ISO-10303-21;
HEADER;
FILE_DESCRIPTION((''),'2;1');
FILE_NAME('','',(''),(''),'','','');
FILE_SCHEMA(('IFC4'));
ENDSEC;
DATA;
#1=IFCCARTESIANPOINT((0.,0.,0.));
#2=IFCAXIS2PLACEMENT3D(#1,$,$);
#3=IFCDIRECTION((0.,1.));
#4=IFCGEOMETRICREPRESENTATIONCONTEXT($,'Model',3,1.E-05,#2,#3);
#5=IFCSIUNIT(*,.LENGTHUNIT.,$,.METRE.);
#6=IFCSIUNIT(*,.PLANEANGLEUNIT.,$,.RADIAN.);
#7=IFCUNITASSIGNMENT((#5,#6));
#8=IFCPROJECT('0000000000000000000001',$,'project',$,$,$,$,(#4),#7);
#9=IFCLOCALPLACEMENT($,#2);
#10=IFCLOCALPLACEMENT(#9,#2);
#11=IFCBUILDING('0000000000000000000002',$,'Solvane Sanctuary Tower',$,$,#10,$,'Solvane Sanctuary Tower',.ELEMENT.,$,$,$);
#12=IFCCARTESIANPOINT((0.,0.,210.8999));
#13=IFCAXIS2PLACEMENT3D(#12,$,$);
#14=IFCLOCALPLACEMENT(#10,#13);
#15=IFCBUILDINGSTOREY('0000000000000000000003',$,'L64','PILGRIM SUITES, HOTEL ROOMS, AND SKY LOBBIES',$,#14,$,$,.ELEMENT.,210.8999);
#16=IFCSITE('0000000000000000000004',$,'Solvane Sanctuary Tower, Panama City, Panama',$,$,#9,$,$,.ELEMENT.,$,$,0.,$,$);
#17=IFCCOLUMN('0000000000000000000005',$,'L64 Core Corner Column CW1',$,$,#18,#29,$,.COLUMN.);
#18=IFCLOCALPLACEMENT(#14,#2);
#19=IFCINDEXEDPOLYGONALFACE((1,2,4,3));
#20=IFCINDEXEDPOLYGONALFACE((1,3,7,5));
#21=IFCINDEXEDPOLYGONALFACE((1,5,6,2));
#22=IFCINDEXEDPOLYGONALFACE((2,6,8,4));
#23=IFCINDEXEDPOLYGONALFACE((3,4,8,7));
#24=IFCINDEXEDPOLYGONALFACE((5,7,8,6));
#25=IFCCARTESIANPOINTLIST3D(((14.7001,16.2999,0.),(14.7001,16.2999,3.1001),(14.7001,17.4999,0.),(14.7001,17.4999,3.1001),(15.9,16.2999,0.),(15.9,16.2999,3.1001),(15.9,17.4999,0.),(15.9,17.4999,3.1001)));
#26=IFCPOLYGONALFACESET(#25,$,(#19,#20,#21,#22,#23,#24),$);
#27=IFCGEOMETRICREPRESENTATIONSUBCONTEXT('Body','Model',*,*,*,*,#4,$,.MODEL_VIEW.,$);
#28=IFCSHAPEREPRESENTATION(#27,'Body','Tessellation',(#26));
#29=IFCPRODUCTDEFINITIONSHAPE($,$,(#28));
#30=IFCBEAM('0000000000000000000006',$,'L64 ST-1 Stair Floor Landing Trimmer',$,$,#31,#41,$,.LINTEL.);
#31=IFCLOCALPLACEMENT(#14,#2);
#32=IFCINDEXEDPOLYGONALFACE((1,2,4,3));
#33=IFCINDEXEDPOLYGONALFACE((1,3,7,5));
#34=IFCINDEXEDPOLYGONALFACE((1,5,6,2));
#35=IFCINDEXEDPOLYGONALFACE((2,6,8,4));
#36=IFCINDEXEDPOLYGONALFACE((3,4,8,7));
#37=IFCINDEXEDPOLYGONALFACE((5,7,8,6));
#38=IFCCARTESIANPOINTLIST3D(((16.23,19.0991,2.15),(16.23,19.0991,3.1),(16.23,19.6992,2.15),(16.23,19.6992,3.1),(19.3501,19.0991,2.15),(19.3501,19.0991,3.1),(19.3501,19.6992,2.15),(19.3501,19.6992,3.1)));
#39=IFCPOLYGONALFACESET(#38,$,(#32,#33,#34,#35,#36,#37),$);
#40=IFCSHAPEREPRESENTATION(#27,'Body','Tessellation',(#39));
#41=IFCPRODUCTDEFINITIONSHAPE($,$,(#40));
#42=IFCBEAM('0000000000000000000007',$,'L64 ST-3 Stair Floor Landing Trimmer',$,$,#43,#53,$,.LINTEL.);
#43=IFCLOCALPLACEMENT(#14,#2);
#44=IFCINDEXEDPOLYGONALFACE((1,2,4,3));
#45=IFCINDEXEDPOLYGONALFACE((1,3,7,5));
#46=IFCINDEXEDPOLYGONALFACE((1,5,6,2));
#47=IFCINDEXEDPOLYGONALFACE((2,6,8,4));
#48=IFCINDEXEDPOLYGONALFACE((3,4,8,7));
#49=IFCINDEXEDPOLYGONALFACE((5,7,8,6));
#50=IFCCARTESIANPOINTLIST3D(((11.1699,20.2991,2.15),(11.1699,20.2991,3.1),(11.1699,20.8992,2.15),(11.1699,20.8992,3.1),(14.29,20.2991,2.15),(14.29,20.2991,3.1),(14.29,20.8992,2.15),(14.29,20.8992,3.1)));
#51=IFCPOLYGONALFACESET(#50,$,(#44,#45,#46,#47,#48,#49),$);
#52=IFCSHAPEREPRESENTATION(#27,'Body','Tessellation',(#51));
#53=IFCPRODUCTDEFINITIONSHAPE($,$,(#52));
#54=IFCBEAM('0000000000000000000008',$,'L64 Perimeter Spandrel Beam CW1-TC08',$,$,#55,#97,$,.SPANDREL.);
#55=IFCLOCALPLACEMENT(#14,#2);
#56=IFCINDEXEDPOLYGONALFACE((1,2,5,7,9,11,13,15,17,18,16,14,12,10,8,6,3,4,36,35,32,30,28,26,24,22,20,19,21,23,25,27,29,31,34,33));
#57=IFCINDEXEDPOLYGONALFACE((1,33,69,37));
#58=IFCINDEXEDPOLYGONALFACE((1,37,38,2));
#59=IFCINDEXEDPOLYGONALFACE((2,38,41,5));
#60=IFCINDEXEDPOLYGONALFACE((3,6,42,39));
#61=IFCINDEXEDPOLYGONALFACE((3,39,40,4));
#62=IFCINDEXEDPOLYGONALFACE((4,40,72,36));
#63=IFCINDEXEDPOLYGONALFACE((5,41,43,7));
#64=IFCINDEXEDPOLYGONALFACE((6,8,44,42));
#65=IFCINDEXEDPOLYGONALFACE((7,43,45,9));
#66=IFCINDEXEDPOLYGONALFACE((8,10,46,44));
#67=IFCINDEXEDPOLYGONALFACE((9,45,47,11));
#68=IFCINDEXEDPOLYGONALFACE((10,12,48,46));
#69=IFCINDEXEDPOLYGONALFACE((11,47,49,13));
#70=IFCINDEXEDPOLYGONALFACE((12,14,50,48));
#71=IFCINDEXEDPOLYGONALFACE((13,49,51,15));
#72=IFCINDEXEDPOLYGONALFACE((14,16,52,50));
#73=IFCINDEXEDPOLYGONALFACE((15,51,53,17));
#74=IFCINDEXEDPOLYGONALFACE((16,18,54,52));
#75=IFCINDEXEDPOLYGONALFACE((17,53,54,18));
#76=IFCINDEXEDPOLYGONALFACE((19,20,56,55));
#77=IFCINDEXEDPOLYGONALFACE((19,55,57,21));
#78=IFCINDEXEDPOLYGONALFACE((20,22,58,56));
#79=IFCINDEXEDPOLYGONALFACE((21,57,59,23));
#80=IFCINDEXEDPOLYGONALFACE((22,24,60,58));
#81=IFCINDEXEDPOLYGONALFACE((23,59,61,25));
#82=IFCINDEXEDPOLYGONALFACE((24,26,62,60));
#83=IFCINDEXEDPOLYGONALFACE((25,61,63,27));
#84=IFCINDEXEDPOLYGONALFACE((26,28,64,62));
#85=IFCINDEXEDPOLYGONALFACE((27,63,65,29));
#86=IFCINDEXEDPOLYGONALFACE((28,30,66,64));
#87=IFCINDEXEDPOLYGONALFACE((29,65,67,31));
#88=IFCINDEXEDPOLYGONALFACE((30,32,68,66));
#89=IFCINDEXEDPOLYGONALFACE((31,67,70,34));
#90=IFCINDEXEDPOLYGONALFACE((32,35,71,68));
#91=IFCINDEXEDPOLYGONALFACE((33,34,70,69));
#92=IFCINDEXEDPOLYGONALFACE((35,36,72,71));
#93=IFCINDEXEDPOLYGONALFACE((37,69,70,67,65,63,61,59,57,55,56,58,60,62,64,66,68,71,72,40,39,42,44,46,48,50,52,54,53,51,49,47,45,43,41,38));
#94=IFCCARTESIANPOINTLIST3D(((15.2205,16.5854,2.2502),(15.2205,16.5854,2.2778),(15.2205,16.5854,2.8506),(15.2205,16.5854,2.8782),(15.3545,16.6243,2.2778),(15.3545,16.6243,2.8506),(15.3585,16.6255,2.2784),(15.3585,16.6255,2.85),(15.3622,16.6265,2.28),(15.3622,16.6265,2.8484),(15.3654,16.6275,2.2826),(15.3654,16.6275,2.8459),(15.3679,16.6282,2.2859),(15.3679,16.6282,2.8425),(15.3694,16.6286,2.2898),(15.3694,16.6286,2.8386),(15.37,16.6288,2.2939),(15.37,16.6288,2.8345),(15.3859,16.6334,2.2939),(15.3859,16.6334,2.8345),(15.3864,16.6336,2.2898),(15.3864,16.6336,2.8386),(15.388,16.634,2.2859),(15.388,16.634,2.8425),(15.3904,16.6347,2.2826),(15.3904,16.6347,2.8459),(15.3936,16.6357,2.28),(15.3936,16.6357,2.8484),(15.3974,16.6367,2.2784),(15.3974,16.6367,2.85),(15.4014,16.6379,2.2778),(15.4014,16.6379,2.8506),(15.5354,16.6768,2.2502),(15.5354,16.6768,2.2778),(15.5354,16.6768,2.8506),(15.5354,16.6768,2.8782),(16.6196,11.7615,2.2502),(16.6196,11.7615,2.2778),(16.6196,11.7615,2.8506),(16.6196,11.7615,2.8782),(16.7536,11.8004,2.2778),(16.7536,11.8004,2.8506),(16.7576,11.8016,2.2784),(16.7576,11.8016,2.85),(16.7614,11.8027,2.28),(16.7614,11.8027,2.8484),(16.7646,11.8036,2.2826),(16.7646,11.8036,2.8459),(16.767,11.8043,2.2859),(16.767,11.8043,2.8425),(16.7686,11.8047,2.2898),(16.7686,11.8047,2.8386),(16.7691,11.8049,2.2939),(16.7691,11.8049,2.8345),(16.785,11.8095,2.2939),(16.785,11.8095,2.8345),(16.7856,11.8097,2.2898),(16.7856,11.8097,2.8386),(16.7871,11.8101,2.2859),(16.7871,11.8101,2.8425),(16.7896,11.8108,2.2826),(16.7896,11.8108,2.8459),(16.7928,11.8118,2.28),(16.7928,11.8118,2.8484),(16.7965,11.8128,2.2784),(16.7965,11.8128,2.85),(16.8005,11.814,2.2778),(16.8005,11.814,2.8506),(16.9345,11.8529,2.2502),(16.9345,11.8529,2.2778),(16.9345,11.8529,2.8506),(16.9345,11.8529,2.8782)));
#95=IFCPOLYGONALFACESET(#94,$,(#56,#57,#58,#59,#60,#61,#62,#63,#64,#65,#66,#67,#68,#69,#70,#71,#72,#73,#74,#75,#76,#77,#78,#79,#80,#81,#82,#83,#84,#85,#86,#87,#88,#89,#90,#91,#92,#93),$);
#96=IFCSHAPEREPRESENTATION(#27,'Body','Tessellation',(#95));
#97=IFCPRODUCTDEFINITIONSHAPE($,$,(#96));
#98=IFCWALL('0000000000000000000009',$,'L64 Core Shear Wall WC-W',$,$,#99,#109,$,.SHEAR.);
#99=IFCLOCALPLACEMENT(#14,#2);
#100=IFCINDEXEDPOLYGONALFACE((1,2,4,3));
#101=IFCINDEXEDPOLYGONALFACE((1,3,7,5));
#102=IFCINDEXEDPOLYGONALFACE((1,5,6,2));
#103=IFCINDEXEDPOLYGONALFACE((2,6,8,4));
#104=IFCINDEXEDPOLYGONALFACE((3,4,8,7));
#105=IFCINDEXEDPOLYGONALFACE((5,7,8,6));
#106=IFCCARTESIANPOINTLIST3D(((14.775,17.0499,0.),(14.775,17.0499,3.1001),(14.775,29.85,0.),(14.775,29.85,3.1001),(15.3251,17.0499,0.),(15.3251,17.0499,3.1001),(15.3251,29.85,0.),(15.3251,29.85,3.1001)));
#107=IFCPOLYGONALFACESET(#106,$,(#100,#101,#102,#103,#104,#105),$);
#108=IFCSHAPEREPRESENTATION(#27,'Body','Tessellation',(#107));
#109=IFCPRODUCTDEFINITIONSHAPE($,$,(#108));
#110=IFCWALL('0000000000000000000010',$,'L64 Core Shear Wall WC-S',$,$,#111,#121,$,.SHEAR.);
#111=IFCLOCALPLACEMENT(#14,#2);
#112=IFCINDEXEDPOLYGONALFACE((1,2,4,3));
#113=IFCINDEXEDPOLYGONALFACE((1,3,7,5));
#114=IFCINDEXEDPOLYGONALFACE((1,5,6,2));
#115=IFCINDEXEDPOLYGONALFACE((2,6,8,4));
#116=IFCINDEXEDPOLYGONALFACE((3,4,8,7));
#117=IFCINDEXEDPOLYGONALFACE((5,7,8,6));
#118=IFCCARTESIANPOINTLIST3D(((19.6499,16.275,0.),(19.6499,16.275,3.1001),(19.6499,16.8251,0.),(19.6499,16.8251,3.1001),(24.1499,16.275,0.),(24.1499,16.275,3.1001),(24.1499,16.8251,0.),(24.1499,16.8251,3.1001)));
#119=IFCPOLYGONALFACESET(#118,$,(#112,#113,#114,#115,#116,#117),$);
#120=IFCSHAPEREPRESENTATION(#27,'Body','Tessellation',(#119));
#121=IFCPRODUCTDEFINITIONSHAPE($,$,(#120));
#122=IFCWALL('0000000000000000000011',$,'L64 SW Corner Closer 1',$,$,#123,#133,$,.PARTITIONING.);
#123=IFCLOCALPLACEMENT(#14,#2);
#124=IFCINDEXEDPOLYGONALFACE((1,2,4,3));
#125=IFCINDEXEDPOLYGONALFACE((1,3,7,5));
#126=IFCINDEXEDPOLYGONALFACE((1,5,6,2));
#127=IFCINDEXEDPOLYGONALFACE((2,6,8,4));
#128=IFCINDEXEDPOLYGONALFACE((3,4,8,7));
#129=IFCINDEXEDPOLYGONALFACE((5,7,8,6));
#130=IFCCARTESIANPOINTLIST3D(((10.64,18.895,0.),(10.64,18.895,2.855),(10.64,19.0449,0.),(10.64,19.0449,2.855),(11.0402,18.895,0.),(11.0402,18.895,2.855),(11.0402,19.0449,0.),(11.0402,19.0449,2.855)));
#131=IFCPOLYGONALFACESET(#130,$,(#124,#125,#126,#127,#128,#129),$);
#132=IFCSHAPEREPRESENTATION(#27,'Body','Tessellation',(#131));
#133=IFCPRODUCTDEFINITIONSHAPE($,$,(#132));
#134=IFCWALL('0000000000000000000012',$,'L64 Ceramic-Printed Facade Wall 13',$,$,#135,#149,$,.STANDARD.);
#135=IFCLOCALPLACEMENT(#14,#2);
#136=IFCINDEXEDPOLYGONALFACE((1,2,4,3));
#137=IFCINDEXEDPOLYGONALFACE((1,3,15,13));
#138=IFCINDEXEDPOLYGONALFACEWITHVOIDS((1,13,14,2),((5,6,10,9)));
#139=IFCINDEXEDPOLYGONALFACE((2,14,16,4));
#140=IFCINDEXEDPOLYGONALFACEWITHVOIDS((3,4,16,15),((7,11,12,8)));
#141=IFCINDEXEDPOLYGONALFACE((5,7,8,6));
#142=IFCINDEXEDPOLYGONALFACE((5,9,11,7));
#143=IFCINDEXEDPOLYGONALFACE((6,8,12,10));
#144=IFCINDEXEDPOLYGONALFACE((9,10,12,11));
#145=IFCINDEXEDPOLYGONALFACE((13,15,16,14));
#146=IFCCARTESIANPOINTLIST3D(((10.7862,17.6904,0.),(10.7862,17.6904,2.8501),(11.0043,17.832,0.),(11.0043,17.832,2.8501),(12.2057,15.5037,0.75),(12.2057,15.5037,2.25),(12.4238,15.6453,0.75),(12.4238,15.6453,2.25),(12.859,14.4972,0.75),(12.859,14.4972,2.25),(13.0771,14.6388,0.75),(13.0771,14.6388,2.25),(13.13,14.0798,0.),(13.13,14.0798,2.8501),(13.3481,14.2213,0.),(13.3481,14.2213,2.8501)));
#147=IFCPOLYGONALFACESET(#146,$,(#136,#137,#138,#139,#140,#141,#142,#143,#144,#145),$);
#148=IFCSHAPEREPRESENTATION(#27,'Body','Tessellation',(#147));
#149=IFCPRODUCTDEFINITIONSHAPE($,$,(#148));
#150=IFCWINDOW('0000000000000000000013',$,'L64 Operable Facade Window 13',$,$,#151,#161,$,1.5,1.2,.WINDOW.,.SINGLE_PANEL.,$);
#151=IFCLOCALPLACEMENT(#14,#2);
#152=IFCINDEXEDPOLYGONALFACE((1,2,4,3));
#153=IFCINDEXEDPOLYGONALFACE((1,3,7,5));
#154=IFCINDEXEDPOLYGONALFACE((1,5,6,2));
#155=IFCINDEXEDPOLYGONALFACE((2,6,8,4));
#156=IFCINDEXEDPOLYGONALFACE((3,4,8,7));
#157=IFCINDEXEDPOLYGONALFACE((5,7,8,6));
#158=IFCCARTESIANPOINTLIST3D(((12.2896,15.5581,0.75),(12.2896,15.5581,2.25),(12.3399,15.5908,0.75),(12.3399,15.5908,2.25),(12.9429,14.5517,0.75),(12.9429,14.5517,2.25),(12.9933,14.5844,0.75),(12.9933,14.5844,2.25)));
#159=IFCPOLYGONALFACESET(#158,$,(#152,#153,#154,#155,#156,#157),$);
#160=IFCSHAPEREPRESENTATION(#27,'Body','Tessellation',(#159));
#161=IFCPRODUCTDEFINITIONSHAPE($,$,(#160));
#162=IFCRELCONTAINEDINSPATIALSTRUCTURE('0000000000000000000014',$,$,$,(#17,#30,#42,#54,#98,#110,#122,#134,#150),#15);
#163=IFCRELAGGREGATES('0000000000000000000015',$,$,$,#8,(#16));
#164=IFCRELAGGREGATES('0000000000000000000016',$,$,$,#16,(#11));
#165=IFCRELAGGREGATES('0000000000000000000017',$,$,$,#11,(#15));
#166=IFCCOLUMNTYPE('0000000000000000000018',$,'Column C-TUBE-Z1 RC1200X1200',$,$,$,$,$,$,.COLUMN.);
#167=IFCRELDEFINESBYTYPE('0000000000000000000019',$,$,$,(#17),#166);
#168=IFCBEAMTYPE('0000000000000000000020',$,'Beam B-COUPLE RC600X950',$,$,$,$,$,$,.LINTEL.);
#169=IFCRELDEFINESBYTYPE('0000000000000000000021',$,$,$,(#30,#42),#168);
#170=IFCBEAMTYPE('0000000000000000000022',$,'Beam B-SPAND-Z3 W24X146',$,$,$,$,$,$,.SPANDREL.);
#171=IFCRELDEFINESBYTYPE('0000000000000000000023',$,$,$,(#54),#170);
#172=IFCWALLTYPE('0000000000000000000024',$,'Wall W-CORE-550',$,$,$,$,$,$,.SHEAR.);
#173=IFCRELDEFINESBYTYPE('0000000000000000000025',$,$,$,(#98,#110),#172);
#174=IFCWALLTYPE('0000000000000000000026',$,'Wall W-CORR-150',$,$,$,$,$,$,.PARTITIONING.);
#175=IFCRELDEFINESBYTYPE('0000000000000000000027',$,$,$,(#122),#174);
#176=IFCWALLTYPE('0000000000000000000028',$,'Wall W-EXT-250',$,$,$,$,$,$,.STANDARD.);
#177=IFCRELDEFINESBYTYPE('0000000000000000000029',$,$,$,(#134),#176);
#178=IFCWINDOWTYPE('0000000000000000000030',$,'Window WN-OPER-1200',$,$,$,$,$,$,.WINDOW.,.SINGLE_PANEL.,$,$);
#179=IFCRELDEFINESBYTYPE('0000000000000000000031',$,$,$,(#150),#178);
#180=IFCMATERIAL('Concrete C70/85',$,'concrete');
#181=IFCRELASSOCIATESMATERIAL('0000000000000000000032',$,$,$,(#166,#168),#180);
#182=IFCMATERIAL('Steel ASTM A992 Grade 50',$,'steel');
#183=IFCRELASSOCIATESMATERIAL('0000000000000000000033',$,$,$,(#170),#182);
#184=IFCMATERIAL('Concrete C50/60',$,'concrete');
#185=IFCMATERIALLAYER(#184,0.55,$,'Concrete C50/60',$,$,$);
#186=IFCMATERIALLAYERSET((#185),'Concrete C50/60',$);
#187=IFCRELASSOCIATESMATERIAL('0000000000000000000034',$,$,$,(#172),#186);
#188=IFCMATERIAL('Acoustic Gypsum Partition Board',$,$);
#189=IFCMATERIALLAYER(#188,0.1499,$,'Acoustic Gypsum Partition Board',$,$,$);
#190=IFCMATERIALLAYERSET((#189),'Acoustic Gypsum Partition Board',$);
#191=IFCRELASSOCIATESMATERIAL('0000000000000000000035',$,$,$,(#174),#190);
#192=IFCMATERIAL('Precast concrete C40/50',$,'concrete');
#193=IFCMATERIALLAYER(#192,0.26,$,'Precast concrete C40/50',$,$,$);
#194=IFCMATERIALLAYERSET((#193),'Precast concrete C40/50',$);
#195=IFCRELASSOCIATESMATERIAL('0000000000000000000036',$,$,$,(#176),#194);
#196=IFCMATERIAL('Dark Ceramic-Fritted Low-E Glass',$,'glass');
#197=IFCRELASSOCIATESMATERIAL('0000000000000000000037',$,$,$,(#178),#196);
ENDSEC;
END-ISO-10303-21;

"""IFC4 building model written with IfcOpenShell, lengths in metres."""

from ifc_helpers import new_model, si_unit, direction, frame, frame_2d, origin, origin_2d, place, context, subcontext, project, spatial, rectangle, i_section, extrude, material, layer, layer_set, material_profile, profile_set, type_object, element, fill, save


model = new_model("IFC4")

# Units and contexts
model_context = context("Model", 3, precision=1e-05, world=origin(), true_north=direction((0.0, 1.0)))
body_context = subcontext(model_context, "Body", "Model", "MODEL_VIEW")
ifc_project = project(units=[si_unit("LENGTHUNIT", "METRE"), si_unit("PLANEANGLEUNIT", "RADIAN")], contexts=[model_context])

# Site, building, storey
site_placement = place(None, origin())
site = spatial("IfcSite", under=ifc_project, at=site_placement, Name="Solvane Sanctuary Tower, Panama City, Panama", CompositionType="ELEMENT", RefElevation=0.0)
building_placement = place(site_placement, origin())
building = spatial("IfcBuilding", under=site, at=building_placement, Name="Solvane Sanctuary Tower", LongName="Solvane Sanctuary Tower", CompositionType="ELEMENT")
storey_placement = place(building_placement, frame((0.0, 0.0, 210.8999)))
storey = spatial("IfcBuildingStorey", under=building, at=storey_placement, Name="L64", Description="PILGRIM SUITES, HOTEL ROOMS, AND SKY LOBBIES", CompositionType="ELEMENT", Elevation=210.8999)

# Column
ifc_material_1 = material(Name="Concrete C70/85", Category="concrete")
ifc_material_profile_1 = material_profile(ifc_material_1, rectangle(XDim=1.2, YDim=1.2, at=origin_2d()), Name="RC1200X1200")
ifc_profile_set_1 = profile_set([ifc_material_profile_1], Name="Concrete C70/85")
column_type = type_object("IfcColumnType", Name="Column C-TUBE-Z1 RC1200X1200", PredefinedType="COLUMN", material=ifc_profile_set_1)
column_placement = place(storey_placement, frame((15.3, 16.8999, 0.0), z_axis=(0.0, 0.0, 1.0), x_axis=(1.0, 0.0, 0.0)))
element("IfcColumn", 1, at=column_placement, inside=storey, type_object=column_type, Name="L64 Core Corner Column CW1", PredefinedType="COLUMN", context=body_context, shape_type="SweptSolid", body=[
    extrude(rectangle(XDim=1.2, YDim=1.2, at=origin_2d()), origin(), (0.0, 0.0, 1.0), 3.1001),
])

# Beams
ifc_material_profile_2 = material_profile(ifc_material_1, rectangle(XDim=0.6001, YDim=0.95, at=origin_2d()), Name="RC600X950")
ifc_profile_set_2 = profile_set([ifc_material_profile_2], Name="Concrete C70/85")
beam_type_1 = type_object("IfcBeamType", Name="Beam B-COUPLE RC600X950", PredefinedType="LINTEL", material=ifc_profile_set_2)
for number, where, z_axis, x_axis, name in (
    (2, (16.23, 19.3992, 2.625), (1.0, 0.0, 0.0), (0.0, 1.0, 0.0), "L64 ST-1 Stair Floor Landing Trimmer"),
    (3, (11.1699, 20.5991, 2.625), (1.0, 0.0, 0.0), (0.0, 1.0, 0.0), "L64 ST-3 Stair Floor Landing Trimmer"),
):
    element("IfcBeam", number, at=place(storey_placement, frame(where, z_axis=z_axis, x_axis=x_axis)), inside=storey, type_object=beam_type_1, Name=name, PredefinedType="LINTEL", context=body_context, shape_type="SweptSolid", body=[
        extrude(rectangle(XDim=0.6001, YDim=0.95, at=origin_2d()), origin(), (0.0, 0.0, 1.0), 3.1201),
    ])
ifc_material_2 = material(Name="Steel ASTM A992 Grade 50", Category="steel")
ifc_material_profile_3 = material_profile(ifc_material_2, i_section(OverallWidth=0.3279, OverallDepth=0.6279, WebThickness=0.0166, FlangeThickness=0.0276, FilletRadius=0.0161, at=origin_2d()), Name="W24X146")
ifc_profile_set_3 = profile_set([ifc_material_profile_3], Name="Steel ASTM A992 Grade 50")
beam_type_2 = type_object("IfcBeamType", Name="Beam B-SPAND-Z3 W24X146", PredefinedType="SPANDREL", material=ifc_profile_set_3)
beam_placement = place(storey_placement, frame((15.3779, 16.6311, 2.5642), z_axis=(0.278564, -0.960418, 0.0), x_axis=(0.960418, 0.278564, 0.0)))
element("IfcBeam", 4, at=beam_placement, inside=storey, type_object=beam_type_2, Name="L64 Perimeter Spandrel Beam CW1-TC08", PredefinedType="SPANDREL", context=body_context, shape_type="SweptSolid", body=[
    extrude(i_section(OverallWidth=0.3279, OverallDepth=0.6279, WebThickness=0.0166, FlangeThickness=0.0276, FilletRadius=0.0161, at=origin_2d()), origin(), (0.0, 0.0, 1.0), 5.0227),
])

# Walls
ifc_material_3 = material(Name="Concrete C50/60", Category="concrete")
ifc_layer_1 = layer(ifc_material_3, 0.55, Name="Concrete C50/60")
ifc_layer_set_1 = layer_set([ifc_layer_1], Name="Concrete C50/60")
wall_type_1 = type_object("IfcWallType", Name="Wall W-CORE-550", PredefinedType="SHEAR", material=ifc_layer_set_1)
wall_1_placement = place(storey_placement, frame((15.05, 17.05, 0.0), z_axis=(0.0, 0.0, 1.0), x_axis=(0.0, 1.0, 0.0)))
element("IfcWall", 5, at=wall_1_placement, inside=storey, type_object=wall_type_1, Name="L64 Core Shear Wall WC-W", PredefinedType="SHEAR", context=body_context, shape_type="SweptSolid", body=[
    extrude(rectangle(XDim=12.8, YDim=0.55, at=frame_2d((6.3999, 0.0))), origin(), (0.0, 0.0, 1.0), 3.1001),
])
wall_2_placement = place(storey_placement, frame((19.6499, 16.55, 0.0), z_axis=(0.0, 0.0, 1.0), x_axis=(1.0, 0.0, 0.0)))
element("IfcWall", 6, at=wall_2_placement, inside=storey, type_object=wall_type_1, Name="L64 Core Shear Wall WC-S", PredefinedType="SHEAR", context=body_context, shape_type="SweptSolid", body=[
    extrude(rectangle(XDim=4.5, YDim=0.55, at=frame_2d((2.25, 0.0))), origin(), (0.0, 0.0, 1.0), 3.1001),
])
ifc_material_4 = material(Name="Acoustic Gypsum Partition Board")
ifc_layer_2 = layer(ifc_material_4, 0.1499, Name="Acoustic Gypsum Partition Board")
ifc_layer_set_2 = layer_set([ifc_layer_2], Name="Acoustic Gypsum Partition Board")
wall_type_2 = type_object("IfcWallType", Name="Wall W-CORR-150", PredefinedType="PARTITIONING", material=ifc_layer_set_2)
wall_3_placement = place(storey_placement, frame((10.6399, 18.97, 0.0), z_axis=(0.0, 0.0, 1.0), x_axis=(1.0, 0.0, 0.0)))
element("IfcWall", 7, at=wall_3_placement, inside=storey, type_object=wall_type_2, Name="L64 SW Corner Closer 1", PredefinedType="PARTITIONING", context=body_context, shape_type="SweptSolid", body=[
    extrude(rectangle(XDim=0.4001, YDim=0.1499, at=frame_2d((0.2002, 0.0))), origin(), (0.0, 0.0, 1.0), 2.855),
])

# Wall, opening, window
ifc_material_5 = material(Name="Precast concrete C40/50", Category="concrete")
ifc_layer_3 = layer(ifc_material_5, 0.26, Name="Precast concrete C40/50")
ifc_layer_set_3 = layer_set([ifc_layer_3], Name="Precast concrete C40/50")
wall_type_3 = type_object("IfcWallType", Name="Wall W-EXT-250", PredefinedType="STANDARD", material=ifc_layer_set_3)
wall_4_placement = place(storey_placement, frame((10.8953, 17.7612, 0.0), z_axis=(0.0, 0.0, 1.0), x_axis=(0.544476, -0.838776, 0.0)))
wall_4 = element("IfcWall", 8, at=wall_4_placement, inside=storey, type_object=wall_type_3, Name="L64 Ceramic-Printed Facade Wall 13", PredefinedType="STANDARD", context=body_context, shape_type="SweptSolid", body=[
    extrude(rectangle(XDim=4.3047, YDim=0.26, at=frame_2d((2.1523, 0.0))), origin(), (0.0, 0.0, 1.0), 2.8501),
])
opening_1_placement = place(wall_4_placement, frame((2.6069, 0.0, 0.75)))
opening_1 = element("IfcOpeningElement", 9, at=opening_1_placement, cuts=wall_4, PredefinedType="OPENING", context=body_context, shape_type="SweptSolid", body=[
    extrude(rectangle(XDim=1.2, YDim=1.5, at=frame_2d((0.6001, 0.75))), frame((0.0, 0.1399, 0.0), z_axis=(0.0, -1.0, 0.0), x_axis=(1.0, 0.0, 0.0)), (0.0, 0.0, 1.0), 0.28),
])
ifc_material_6 = material(Name="Dark Ceramic-Fritted Low-E Glass", Category="glass")
window_type = type_object("IfcWindowType", Name="Window WN-OPER-1200", PartitioningType="SINGLE_PANEL", PredefinedType="WINDOW", material=ifc_material_6)
window_placement = place(opening_1_placement, origin())
window = element("IfcWindow", 10, at=window_placement, inside=storey, type_object=window_type, Name="L64 Operable Facade Window 13", OverallHeight=1.5, OverallWidth=1.2, PartitioningType="SINGLE_PANEL", PredefinedType="WINDOW", context=body_context, shape_type="SweptSolid", body=[
    extrude(rectangle(XDim=1.2, YDim=1.5, at=frame_2d((0.6001, 0.75))), frame((0.0, 0.03, 0.0), z_axis=(0.0, -1.0, 0.0), x_axis=(1.0, 0.0, 0.0)), (0.0, 0.0, 1.0), 0.0601),
])
fill(opening_1, window)

save(model, "model.ifc")
